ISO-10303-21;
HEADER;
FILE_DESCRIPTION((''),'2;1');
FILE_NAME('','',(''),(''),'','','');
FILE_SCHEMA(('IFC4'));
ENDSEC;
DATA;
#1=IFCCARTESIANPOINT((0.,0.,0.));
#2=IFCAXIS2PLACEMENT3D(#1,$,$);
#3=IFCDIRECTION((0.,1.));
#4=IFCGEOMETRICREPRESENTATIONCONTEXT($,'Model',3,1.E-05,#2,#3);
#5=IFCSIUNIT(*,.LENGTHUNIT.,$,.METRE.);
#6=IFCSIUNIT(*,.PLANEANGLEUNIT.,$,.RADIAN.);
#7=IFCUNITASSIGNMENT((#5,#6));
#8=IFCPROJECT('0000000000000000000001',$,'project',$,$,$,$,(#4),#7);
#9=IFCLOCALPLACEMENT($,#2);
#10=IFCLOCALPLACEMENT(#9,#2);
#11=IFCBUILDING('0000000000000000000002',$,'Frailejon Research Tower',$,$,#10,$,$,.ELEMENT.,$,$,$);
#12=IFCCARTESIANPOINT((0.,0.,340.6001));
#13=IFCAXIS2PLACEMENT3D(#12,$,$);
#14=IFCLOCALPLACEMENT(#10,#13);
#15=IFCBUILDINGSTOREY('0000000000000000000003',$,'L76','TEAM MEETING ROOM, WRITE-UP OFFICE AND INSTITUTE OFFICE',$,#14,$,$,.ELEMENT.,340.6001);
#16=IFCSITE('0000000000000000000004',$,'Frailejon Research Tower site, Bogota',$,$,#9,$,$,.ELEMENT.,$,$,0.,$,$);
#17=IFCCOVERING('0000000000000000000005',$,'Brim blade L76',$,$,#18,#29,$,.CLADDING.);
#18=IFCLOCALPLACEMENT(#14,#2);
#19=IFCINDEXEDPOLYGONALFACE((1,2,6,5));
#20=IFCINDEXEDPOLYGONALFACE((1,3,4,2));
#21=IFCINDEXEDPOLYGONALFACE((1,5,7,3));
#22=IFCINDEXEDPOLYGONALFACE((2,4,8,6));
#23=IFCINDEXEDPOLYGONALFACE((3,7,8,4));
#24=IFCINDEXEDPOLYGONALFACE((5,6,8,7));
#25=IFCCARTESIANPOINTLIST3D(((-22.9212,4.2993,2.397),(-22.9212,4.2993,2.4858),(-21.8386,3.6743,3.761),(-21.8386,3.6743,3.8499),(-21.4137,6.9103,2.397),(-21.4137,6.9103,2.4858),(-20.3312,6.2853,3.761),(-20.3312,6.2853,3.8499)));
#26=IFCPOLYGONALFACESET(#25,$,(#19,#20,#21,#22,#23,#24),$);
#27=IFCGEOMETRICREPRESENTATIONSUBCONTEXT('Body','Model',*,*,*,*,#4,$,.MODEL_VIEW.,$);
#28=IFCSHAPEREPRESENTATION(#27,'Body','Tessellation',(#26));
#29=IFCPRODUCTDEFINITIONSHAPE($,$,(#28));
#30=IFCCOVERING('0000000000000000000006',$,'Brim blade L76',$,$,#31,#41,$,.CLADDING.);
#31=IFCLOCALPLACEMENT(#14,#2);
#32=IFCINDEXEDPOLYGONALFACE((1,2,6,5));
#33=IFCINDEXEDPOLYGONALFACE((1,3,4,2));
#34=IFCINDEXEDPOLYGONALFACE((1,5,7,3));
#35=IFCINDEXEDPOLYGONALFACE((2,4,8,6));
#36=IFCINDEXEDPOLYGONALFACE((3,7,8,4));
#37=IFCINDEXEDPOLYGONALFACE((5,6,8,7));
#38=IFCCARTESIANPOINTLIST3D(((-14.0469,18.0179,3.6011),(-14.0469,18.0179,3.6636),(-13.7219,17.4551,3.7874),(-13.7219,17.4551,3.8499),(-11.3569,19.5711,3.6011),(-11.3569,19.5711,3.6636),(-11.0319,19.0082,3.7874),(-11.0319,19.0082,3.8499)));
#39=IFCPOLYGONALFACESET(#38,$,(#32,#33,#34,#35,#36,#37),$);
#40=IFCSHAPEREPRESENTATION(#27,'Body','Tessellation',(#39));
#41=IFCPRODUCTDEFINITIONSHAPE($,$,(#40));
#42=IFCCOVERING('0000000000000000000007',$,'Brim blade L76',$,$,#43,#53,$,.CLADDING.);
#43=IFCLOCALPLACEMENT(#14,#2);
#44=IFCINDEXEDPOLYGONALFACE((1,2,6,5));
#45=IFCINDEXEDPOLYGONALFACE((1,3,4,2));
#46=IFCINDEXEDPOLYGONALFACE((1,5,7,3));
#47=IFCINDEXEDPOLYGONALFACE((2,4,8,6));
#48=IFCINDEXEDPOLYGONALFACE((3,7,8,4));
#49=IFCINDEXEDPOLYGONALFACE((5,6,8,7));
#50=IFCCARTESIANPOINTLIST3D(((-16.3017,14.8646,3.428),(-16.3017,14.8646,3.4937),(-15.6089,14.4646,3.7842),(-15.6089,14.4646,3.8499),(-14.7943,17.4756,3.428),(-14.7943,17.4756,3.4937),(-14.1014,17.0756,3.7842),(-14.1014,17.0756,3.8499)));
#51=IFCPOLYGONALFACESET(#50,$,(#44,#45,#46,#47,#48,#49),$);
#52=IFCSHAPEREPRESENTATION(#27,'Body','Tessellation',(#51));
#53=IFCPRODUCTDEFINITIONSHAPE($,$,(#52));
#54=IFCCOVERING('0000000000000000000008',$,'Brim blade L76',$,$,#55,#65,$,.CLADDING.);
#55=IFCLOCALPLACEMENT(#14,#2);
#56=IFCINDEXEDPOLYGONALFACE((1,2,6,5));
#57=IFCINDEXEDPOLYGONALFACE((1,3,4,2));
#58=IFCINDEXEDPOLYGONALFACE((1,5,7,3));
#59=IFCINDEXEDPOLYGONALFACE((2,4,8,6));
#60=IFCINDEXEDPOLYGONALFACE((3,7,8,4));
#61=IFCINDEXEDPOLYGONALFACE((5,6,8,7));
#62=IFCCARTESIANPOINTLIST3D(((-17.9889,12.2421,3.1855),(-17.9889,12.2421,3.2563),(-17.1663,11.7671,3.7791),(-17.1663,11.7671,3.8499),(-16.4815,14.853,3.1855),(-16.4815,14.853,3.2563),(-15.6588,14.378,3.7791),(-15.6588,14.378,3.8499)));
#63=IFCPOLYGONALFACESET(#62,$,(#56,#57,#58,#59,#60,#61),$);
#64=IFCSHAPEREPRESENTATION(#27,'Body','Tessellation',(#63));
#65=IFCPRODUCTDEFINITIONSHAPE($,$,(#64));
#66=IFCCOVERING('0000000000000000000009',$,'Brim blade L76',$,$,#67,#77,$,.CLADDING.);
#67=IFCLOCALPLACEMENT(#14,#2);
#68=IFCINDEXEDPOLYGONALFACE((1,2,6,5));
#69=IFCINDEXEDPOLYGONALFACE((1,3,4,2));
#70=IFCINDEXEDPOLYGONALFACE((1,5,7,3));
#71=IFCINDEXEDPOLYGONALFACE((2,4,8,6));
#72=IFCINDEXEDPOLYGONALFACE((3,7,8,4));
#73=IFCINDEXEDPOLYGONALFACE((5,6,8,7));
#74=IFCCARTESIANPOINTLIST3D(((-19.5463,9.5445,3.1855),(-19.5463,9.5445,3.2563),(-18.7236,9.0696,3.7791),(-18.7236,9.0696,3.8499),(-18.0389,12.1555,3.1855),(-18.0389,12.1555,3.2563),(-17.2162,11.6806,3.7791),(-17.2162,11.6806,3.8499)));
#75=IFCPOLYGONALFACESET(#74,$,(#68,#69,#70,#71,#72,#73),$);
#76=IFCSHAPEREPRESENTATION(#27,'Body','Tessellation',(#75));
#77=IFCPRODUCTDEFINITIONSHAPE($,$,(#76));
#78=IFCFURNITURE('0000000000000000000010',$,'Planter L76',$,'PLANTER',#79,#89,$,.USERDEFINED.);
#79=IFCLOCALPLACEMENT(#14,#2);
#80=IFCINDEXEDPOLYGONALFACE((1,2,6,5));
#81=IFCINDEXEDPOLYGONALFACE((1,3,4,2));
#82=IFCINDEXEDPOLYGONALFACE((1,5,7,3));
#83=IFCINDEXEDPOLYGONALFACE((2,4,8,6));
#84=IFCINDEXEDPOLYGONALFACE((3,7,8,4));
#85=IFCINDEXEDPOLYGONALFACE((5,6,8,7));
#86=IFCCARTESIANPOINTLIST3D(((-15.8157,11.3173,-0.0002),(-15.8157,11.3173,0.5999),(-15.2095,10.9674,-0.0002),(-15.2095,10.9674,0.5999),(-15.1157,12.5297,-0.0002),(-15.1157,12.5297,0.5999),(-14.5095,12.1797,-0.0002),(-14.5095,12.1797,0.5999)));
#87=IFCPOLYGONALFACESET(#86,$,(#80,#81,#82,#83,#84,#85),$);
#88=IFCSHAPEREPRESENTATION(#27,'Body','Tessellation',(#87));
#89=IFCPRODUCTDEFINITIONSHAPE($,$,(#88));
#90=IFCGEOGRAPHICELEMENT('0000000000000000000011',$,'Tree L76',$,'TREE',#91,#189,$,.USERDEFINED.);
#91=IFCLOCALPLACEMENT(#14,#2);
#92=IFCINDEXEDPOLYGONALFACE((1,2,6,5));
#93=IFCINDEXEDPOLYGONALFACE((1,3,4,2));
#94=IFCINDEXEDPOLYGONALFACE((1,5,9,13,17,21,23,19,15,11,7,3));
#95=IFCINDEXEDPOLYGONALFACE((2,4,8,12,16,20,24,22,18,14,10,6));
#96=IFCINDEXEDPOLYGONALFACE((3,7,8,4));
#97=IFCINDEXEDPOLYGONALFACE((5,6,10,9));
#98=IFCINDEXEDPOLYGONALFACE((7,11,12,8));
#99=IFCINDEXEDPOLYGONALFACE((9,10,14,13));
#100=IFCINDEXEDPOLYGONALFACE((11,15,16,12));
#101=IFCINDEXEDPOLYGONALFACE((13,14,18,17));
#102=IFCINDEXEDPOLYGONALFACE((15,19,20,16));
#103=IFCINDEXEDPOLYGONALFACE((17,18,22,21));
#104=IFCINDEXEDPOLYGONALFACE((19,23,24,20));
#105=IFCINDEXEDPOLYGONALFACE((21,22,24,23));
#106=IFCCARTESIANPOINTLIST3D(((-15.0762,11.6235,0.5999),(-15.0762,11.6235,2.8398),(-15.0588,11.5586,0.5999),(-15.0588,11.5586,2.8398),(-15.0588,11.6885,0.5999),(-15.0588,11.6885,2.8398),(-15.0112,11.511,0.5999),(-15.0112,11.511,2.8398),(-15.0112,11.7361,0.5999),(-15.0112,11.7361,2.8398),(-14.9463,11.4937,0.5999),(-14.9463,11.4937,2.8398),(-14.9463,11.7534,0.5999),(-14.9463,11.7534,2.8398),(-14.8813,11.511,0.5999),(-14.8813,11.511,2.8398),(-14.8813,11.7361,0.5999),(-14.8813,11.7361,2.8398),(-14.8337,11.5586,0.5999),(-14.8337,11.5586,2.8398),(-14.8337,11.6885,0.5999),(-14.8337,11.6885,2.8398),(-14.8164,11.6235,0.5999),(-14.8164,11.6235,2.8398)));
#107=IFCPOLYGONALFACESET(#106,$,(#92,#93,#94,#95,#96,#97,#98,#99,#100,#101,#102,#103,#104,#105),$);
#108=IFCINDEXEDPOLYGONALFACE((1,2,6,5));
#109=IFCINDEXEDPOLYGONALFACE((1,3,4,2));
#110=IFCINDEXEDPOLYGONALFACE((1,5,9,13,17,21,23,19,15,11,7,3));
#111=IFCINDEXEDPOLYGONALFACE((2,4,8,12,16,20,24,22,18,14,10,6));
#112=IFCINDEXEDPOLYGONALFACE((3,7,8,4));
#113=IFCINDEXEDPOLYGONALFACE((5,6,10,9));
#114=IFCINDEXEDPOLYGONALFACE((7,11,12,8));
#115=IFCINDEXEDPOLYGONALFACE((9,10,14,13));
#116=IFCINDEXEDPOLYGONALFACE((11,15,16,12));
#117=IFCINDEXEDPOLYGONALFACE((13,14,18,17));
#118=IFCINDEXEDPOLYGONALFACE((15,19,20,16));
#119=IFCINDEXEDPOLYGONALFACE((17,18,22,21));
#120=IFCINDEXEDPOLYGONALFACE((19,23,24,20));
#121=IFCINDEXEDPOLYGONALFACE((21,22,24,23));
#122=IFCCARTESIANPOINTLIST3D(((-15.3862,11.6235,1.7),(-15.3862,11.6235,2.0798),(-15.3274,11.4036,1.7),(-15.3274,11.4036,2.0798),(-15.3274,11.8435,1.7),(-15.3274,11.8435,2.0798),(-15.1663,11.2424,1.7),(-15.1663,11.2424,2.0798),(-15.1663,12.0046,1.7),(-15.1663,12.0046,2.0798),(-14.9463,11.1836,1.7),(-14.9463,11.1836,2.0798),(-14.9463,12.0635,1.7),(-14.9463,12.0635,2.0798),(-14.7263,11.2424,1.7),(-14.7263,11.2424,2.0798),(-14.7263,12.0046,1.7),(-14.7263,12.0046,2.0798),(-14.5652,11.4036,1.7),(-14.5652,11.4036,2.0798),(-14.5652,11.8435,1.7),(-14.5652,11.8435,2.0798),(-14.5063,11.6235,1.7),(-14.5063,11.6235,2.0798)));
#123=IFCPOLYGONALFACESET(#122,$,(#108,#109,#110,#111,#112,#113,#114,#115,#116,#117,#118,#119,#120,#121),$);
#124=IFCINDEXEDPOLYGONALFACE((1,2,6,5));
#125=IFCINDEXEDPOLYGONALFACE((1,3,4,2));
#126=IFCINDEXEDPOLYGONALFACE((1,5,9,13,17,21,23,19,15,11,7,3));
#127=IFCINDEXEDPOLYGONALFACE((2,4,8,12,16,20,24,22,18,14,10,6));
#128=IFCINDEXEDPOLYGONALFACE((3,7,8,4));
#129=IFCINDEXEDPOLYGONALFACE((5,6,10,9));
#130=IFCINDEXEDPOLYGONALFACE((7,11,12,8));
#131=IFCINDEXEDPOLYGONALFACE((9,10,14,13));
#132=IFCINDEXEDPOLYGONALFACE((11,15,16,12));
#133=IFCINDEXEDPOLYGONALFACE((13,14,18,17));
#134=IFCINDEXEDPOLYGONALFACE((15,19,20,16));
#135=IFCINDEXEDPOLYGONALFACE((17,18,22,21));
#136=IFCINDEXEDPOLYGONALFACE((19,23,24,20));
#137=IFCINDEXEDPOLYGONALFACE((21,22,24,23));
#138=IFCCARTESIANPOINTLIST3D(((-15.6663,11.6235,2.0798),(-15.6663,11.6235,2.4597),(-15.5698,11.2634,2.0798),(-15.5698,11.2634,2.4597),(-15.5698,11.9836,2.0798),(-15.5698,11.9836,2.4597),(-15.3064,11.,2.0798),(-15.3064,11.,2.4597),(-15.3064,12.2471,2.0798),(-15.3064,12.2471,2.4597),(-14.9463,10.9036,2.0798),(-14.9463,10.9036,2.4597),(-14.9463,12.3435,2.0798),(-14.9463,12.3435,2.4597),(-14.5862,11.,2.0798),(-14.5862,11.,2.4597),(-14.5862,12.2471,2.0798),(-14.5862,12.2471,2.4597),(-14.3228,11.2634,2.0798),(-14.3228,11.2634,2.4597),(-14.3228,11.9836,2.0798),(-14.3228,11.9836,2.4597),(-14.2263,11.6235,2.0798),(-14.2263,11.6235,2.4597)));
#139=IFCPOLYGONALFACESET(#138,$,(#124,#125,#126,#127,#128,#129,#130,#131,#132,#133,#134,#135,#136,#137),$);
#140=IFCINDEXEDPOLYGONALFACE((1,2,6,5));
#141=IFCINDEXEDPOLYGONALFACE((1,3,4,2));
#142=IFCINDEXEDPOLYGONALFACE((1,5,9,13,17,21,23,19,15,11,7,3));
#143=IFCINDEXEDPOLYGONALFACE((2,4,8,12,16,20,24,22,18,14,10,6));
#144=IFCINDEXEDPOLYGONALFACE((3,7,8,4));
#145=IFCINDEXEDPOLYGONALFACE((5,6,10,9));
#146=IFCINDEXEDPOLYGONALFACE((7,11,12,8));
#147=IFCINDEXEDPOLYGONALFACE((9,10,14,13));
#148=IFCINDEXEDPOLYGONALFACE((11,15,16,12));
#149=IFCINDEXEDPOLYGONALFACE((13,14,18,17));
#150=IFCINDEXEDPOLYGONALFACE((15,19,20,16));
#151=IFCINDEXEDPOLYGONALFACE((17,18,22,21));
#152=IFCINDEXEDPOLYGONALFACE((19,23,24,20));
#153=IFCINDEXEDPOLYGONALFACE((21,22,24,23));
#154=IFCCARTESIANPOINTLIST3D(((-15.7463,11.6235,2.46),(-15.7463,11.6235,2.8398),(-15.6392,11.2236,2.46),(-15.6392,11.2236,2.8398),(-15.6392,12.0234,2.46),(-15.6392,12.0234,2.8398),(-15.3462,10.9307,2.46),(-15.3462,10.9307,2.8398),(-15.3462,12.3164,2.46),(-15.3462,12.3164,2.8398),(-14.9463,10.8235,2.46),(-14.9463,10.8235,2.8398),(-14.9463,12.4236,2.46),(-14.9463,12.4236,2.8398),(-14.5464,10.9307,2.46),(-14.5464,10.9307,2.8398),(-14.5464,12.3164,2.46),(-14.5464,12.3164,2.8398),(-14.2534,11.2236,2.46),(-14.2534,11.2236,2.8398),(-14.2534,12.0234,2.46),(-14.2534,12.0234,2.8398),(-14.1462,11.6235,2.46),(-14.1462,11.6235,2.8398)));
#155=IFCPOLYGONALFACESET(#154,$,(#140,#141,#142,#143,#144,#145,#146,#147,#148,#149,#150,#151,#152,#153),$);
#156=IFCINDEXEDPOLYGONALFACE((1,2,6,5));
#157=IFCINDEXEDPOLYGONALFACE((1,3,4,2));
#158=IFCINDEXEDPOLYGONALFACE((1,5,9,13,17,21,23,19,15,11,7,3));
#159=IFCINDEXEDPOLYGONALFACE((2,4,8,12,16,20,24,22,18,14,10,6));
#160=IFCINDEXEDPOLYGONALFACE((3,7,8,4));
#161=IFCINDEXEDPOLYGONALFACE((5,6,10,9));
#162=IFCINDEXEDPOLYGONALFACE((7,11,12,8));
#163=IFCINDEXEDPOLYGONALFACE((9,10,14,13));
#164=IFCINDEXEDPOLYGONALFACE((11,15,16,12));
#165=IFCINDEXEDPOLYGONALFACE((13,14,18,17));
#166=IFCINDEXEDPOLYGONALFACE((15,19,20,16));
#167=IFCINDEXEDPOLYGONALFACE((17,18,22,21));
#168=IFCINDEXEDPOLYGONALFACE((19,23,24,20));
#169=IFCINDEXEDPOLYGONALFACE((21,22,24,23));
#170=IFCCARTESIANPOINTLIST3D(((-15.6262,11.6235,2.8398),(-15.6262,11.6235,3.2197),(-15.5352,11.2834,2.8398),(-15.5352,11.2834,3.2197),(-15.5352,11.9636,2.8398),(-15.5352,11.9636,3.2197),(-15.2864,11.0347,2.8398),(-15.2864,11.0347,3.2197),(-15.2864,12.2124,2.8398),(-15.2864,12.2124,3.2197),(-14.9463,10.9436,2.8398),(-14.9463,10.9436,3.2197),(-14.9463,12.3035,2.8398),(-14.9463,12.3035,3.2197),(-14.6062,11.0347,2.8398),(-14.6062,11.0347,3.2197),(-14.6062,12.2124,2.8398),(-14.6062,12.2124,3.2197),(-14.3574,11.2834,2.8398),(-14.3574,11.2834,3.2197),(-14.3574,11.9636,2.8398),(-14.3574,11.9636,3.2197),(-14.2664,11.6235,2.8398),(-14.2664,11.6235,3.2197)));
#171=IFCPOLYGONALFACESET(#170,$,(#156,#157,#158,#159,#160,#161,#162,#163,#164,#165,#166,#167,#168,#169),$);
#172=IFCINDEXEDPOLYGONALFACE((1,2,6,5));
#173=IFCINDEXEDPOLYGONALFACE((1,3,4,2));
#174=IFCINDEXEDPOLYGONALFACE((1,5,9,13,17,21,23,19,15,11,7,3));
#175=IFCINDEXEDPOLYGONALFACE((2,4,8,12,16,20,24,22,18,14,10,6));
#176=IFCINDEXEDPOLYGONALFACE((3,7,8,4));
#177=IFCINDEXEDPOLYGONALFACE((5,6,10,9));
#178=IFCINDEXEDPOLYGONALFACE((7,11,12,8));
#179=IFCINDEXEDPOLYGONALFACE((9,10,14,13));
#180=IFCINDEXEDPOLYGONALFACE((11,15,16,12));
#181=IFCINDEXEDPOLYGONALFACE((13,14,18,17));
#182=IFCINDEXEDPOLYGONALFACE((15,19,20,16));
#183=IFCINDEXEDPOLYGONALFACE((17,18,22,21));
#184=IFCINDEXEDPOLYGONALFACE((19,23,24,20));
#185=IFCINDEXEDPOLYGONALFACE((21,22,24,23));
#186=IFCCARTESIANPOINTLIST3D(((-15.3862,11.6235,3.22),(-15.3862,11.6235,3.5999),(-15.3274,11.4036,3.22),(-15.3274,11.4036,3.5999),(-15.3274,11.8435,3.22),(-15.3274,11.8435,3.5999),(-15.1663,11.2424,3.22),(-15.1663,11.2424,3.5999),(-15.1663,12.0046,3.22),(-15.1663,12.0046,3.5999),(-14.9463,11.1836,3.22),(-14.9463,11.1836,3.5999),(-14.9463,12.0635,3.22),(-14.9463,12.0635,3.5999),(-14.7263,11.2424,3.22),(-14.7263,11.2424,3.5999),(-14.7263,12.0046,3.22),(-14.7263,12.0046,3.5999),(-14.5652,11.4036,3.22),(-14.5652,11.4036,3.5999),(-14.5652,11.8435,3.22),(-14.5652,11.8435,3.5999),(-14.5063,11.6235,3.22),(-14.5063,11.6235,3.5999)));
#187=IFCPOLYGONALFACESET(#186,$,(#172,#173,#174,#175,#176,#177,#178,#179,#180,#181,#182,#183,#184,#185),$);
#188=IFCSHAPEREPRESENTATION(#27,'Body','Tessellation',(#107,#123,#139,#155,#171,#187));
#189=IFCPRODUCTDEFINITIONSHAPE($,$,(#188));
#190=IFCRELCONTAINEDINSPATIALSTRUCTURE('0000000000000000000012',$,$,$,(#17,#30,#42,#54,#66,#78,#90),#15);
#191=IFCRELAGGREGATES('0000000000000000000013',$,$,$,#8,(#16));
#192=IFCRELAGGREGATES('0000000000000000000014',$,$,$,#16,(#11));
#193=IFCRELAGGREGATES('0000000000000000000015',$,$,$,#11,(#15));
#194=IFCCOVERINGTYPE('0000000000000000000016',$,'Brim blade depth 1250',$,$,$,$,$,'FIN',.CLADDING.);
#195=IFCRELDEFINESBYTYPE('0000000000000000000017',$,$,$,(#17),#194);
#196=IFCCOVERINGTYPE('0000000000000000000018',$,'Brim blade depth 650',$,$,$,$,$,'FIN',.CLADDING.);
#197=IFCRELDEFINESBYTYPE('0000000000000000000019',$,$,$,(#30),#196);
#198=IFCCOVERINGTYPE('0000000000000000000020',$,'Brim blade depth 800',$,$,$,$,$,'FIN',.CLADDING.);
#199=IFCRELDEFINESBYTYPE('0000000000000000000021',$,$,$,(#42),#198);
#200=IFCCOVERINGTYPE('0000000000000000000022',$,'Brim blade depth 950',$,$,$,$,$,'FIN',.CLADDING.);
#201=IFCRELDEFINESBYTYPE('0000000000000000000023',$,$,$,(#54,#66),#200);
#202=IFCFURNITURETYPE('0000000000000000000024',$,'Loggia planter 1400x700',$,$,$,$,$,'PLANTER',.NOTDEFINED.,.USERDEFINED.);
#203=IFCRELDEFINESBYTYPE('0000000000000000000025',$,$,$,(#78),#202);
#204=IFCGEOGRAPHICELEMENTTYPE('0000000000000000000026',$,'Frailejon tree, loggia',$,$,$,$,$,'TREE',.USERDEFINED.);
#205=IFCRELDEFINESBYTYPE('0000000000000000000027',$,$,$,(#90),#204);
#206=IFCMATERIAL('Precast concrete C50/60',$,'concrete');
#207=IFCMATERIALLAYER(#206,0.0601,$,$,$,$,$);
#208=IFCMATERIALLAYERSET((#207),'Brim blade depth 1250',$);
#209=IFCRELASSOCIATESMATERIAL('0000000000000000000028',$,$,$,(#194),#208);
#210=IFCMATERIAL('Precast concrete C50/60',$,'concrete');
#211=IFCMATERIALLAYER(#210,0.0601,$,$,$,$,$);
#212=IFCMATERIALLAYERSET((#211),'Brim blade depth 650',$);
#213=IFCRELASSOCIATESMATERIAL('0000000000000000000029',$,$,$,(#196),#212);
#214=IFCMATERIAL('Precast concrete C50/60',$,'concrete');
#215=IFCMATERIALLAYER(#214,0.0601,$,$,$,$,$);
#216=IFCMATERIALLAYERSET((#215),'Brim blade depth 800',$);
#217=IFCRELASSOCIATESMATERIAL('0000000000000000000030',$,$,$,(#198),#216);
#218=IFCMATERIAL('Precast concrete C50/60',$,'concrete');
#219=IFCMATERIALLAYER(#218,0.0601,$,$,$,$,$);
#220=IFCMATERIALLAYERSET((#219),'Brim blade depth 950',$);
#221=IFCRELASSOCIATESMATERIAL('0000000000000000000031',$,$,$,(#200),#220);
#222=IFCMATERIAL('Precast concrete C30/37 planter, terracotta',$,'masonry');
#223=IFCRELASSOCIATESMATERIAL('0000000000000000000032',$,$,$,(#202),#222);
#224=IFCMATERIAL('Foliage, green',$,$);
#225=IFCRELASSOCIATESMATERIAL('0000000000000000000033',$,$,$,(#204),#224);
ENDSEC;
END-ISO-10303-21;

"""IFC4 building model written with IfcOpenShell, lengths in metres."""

from ifc_helpers import new_model, si_unit, direction, frame, origin, origin_2d, place, context, subcontext, project, spatial, polyline, rectangle, outline, extrude, material, layer, layer_set, type_object, element, save


model = new_model("IFC4")

# Units and contexts
model_context = context("Model", 3, precision=1e-05, world=origin(), true_north=direction((0.0, 1.0)))
body_context = subcontext(model_context, "Body", "Model", "MODEL_VIEW")
ifc_project = project(units=[si_unit("LENGTHUNIT", "METRE"), si_unit("PLANEANGLEUNIT", "RADIAN")], contexts=[model_context])

# Site, building, storey
site_placement = place(None, origin())
site = spatial("IfcSite", under=ifc_project, at=site_placement, Name="Frailejon Research Tower site, Bogota", CompositionType="ELEMENT", RefElevation=0.0)
building_placement = place(site_placement, origin())
building = spatial("IfcBuilding", under=site, at=building_placement, Name="Frailejon Research Tower", CompositionType="ELEMENT")
storey_placement = place(building_placement, frame((0.0, 0.0, 340.6001)))
storey = spatial("IfcBuildingStorey", under=building, at=storey_placement, Name="L76", Description="TEAM MEETING ROOM, WRITE-UP OFFICE AND INSTITUTE OFFICE", CompositionType="ELEMENT", Elevation=340.6001)

# Coverings
ifc_material_1 = material(Name="Precast concrete C50/60", Category="concrete")
ifc_layer_1 = layer(ifc_material_1, 0.0601)
ifc_layer_set_1 = layer_set([ifc_layer_1], Name="Brim blade depth 1250")
covering_type_1 = type_object("IfcCoveringType", Name="Brim blade depth 1250", ElementType="FIN", PredefinedType="CLADDING", material=ifc_layer_set_1)
covering_1_placement = place(storey_placement, frame((-21.8386, 3.6743, 3.8499), z_axis=(0.499999, 0.866026, 0.0), x_axis=(-0.866026, 0.499999, 0.0)))
element("IfcCovering", 1, at=covering_1_placement, inside=storey, type_object=covering_type_1, Name="Brim blade L76", PredefinedType="CLADDING", context=body_context, shape_type="SweptSolid", body=[
    extrude(outline(polyline([(0.0, -0.0889), (1.25, -1.4529), (1.25, -1.364), (0.0, 0.0), (0.0, -0.0889)])), origin(), (0.0, 0.0, 1.0), 3.0149),
])
ifc_material_2 = material(Name="Precast concrete C50/60", Category="concrete")
ifc_layer_2 = layer(ifc_material_2, 0.0601)
ifc_layer_set_2 = layer_set([ifc_layer_2], Name="Brim blade depth 650")
covering_type_2 = type_object("IfcCoveringType", Name="Brim blade depth 650", ElementType="FIN", PredefinedType="CLADDING", material=ifc_layer_set_2)
covering_2_placement = place(storey_placement, frame((-13.7219, 17.4551, 3.8499), z_axis=(0.866014, 0.50002, 0.0), x_axis=(-0.50002, 0.866014, 0.0)))
element("IfcCovering", 2, at=covering_2_placement, inside=storey, type_object=covering_type_2, Name="Brim blade L76", PredefinedType="CLADDING", context=body_context, shape_type="SweptSolid", body=[
    extrude(outline(polyline([(0.0, -0.0625), (0.6499, -0.2488), (0.6499, -0.1863), (0.0, 0.0), (0.0, -0.0625)])), origin(), (0.0, 0.0, 1.0), 3.1062),
])
ifc_material_3 = material(Name="Precast concrete C50/60", Category="concrete")
ifc_layer_3 = layer(ifc_material_3, 0.0601)
ifc_layer_set_3 = layer_set([ifc_layer_3], Name="Brim blade depth 800")
covering_type_3 = type_object("IfcCoveringType", Name="Brim blade depth 800", ElementType="FIN", PredefinedType="CLADDING", material=ifc_layer_set_3)
covering_3_placement = place(storey_placement, frame((-15.6089, 14.4646, 3.8499), z_axis=(0.499999, 0.866026, 0.0), x_axis=(-0.866026, 0.499999, 0.0)))
element("IfcCovering", 3, at=covering_3_placement, inside=storey, type_object=covering_type_3, Name="Brim blade L76", PredefinedType="CLADDING", context=body_context, shape_type="SweptSolid", body=[
    extrude(outline(polyline([(0.0, -0.0657), (0.8, -0.4219), (0.8, -0.3562), (0.0, 0.0), (0.0, -0.0657)])), origin(), (0.0, 0.0, 1.0), 3.0149),
])
ifc_material_4 = material(Name="Precast concrete C50/60", Category="concrete")
ifc_layer_4 = layer(ifc_material_4, 0.0601)
ifc_layer_set_4 = layer_set([ifc_layer_4], Name="Brim blade depth 950")
covering_type_4 = type_object("IfcCoveringType", Name="Brim blade depth 950", ElementType="FIN", PredefinedType="CLADDING", material=ifc_layer_set_4)
for number, where, z_axis, x_axis, name in (
    (4, (-17.1663, 11.7671, 3.8499), (0.50001, 0.86602, 0.0), (-0.86602, 0.50001, 0.0), "Brim blade L76"),
    (5, (-18.7236, 9.0696, 3.8499), (0.499986, 0.866034, 0.0), (-0.866034, 0.499986, 0.0), "Brim blade L76"),
):
    element("IfcCovering", number, at=place(storey_placement, frame(where, z_axis=z_axis, x_axis=x_axis)), inside=storey, type_object=covering_type_4, Name=name, PredefinedType="CLADDING", context=body_context, shape_type="SweptSolid", body=[
        extrude(outline(polyline([(0.0, -0.0708), (0.95, -0.6643), (0.95, -0.5935), (0.0, 0.0), (0.0, -0.0708)])), origin(), (0.0, 0.0, 1.0), 3.0149),
    ])

# Furniture
ifc_material_5 = material(Name="Precast concrete C30/37 planter, terracotta", Category="masonry")
furniture_type = type_object("IfcFurnitureType", Name="Loggia planter 1400x700", ElementType="PLANTER", AssemblyPlace="NOTDEFINED", PredefinedType="USERDEFINED", material=ifc_material_5)
furniture_placement = place(storey_placement, frame((-15.1626, 11.7485, -0.0002), z_axis=(0.0, 0.0, 1.0), x_axis=(-0.5, -0.866025, 0.0)))
element("IfcFurniture", 6, at=furniture_placement, inside=storey, type_object=furniture_type, Name="Planter L76", ObjectType="PLANTER", PredefinedType="USERDEFINED", context=body_context, shape_type="SweptSolid", body=[
    extrude(rectangle(XDim=1.3999, YDim=0.7, at=origin_2d()), origin(), (0.0, 0.0, 1.0), 0.6001),
])

# Geographic element
ifc_material_6 = material(Name="Foliage, green")
geographic_element_type = type_object("IfcGeographicElementType", Name="Frailejon tree, loggia", ElementType="TREE", PredefinedType="USERDEFINED", material=ifc_material_6)
geographic_element_placement = place(storey_placement, frame((-14.9463, 11.6235, 0.5999)))
element("IfcGeographicElement", 7, at=geographic_element_placement, inside=storey, type_object=geographic_element_type, Name="Tree L76", ObjectType="TREE", PredefinedType="USERDEFINED", context=body_context, shape_type="SweptSolid", body=[
    extrude(outline(polyline([(0.1299, 0.0), (0.1125, 0.0649), (0.0649, 0.1125), (0.0, 0.1299), (-0.0649, 0.1125), (-0.1125, 0.0649), (-0.1299, 0.0), (-0.1125, -0.0649), (-0.0649, -0.1125), (0.0, -0.1299), (0.0649, -0.1125), (0.1125, -0.0649), (0.1299, 0.0)])), origin(), (0.0, 0.0, 1.0), 2.24),
    extrude(outline(polyline([(0.4399, 0.0), (0.3811, 0.22), (0.22, 0.3811), (0.0, 0.4399), (-0.22, 0.3811), (-0.3811, 0.22), (-0.4399, 0.0), (-0.3811, -0.22), (-0.22, -0.3811), (0.0, -0.4399), (0.22, -0.3811), (0.3811, -0.22), (0.4399, 0.0)])), frame((0.0, 0.0, 1.1001)), (0.0, 0.0, 1.0), 0.3799),
    extrude(outline(polyline([(0.72, 0.0), (0.6235, 0.3601), (0.3601, 0.6235), (0.0, 0.72), (-0.3601, 0.6235), (-0.6235, 0.3601), (-0.72, 0.0), (-0.6235, -0.3601), (-0.3601, -0.6235), (0.0, -0.72), (0.3601, -0.6235), (0.6235, -0.3601), (0.72, 0.0)])), frame((0.0, 0.0, 1.48)), (0.0, 0.0, 1.0), 0.3799),
    extrude(outline(polyline([(0.8, 0.0), (0.6929, 0.3999), (0.3999, 0.6929), (0.0, 0.8), (-0.3999, 0.6929), (-0.6929, 0.3999), (-0.8, 0.0), (-0.6929, -0.3999), (-0.3999, -0.6929), (0.0, -0.8), (0.3999, -0.6929), (0.6929, -0.3999), (0.8, 0.0)])), frame((0.0, 0.0, 1.8601)), (0.0, 0.0, 1.0), 0.3799),
    extrude(outline(polyline([(0.6799, 0.0), (0.5889, 0.3401), (0.3401, 0.5889), (0.0, 0.6799), (-0.3401, 0.5889), (-0.5889, 0.3401), (-0.6799, 0.0), (-0.5889, -0.3401), (-0.3401, -0.5889), (0.0, -0.6799), (0.3401, -0.5889), (0.5889, -0.3401), (0.6799, 0.0)])), frame((0.0, 0.0, 2.24)), (0.0, 0.0, 1.0), 0.3799),
    extrude(outline(polyline([(0.4399, 0.0), (0.3811, 0.22), (0.22, 0.3811), (0.0, 0.4399), (-0.22, 0.3811), (-0.3811, 0.22), (-0.4399, 0.0), (-0.3811, -0.22), (-0.22, -0.3811), (0.0, -0.4399), (0.22, -0.3811), (0.3811, -0.22), (0.4399, 0.0)])), frame((0.0, 0.0, 2.6201)), (0.0, 0.0, 1.0), 0.3799),
])

save(model, "model.ifc")
